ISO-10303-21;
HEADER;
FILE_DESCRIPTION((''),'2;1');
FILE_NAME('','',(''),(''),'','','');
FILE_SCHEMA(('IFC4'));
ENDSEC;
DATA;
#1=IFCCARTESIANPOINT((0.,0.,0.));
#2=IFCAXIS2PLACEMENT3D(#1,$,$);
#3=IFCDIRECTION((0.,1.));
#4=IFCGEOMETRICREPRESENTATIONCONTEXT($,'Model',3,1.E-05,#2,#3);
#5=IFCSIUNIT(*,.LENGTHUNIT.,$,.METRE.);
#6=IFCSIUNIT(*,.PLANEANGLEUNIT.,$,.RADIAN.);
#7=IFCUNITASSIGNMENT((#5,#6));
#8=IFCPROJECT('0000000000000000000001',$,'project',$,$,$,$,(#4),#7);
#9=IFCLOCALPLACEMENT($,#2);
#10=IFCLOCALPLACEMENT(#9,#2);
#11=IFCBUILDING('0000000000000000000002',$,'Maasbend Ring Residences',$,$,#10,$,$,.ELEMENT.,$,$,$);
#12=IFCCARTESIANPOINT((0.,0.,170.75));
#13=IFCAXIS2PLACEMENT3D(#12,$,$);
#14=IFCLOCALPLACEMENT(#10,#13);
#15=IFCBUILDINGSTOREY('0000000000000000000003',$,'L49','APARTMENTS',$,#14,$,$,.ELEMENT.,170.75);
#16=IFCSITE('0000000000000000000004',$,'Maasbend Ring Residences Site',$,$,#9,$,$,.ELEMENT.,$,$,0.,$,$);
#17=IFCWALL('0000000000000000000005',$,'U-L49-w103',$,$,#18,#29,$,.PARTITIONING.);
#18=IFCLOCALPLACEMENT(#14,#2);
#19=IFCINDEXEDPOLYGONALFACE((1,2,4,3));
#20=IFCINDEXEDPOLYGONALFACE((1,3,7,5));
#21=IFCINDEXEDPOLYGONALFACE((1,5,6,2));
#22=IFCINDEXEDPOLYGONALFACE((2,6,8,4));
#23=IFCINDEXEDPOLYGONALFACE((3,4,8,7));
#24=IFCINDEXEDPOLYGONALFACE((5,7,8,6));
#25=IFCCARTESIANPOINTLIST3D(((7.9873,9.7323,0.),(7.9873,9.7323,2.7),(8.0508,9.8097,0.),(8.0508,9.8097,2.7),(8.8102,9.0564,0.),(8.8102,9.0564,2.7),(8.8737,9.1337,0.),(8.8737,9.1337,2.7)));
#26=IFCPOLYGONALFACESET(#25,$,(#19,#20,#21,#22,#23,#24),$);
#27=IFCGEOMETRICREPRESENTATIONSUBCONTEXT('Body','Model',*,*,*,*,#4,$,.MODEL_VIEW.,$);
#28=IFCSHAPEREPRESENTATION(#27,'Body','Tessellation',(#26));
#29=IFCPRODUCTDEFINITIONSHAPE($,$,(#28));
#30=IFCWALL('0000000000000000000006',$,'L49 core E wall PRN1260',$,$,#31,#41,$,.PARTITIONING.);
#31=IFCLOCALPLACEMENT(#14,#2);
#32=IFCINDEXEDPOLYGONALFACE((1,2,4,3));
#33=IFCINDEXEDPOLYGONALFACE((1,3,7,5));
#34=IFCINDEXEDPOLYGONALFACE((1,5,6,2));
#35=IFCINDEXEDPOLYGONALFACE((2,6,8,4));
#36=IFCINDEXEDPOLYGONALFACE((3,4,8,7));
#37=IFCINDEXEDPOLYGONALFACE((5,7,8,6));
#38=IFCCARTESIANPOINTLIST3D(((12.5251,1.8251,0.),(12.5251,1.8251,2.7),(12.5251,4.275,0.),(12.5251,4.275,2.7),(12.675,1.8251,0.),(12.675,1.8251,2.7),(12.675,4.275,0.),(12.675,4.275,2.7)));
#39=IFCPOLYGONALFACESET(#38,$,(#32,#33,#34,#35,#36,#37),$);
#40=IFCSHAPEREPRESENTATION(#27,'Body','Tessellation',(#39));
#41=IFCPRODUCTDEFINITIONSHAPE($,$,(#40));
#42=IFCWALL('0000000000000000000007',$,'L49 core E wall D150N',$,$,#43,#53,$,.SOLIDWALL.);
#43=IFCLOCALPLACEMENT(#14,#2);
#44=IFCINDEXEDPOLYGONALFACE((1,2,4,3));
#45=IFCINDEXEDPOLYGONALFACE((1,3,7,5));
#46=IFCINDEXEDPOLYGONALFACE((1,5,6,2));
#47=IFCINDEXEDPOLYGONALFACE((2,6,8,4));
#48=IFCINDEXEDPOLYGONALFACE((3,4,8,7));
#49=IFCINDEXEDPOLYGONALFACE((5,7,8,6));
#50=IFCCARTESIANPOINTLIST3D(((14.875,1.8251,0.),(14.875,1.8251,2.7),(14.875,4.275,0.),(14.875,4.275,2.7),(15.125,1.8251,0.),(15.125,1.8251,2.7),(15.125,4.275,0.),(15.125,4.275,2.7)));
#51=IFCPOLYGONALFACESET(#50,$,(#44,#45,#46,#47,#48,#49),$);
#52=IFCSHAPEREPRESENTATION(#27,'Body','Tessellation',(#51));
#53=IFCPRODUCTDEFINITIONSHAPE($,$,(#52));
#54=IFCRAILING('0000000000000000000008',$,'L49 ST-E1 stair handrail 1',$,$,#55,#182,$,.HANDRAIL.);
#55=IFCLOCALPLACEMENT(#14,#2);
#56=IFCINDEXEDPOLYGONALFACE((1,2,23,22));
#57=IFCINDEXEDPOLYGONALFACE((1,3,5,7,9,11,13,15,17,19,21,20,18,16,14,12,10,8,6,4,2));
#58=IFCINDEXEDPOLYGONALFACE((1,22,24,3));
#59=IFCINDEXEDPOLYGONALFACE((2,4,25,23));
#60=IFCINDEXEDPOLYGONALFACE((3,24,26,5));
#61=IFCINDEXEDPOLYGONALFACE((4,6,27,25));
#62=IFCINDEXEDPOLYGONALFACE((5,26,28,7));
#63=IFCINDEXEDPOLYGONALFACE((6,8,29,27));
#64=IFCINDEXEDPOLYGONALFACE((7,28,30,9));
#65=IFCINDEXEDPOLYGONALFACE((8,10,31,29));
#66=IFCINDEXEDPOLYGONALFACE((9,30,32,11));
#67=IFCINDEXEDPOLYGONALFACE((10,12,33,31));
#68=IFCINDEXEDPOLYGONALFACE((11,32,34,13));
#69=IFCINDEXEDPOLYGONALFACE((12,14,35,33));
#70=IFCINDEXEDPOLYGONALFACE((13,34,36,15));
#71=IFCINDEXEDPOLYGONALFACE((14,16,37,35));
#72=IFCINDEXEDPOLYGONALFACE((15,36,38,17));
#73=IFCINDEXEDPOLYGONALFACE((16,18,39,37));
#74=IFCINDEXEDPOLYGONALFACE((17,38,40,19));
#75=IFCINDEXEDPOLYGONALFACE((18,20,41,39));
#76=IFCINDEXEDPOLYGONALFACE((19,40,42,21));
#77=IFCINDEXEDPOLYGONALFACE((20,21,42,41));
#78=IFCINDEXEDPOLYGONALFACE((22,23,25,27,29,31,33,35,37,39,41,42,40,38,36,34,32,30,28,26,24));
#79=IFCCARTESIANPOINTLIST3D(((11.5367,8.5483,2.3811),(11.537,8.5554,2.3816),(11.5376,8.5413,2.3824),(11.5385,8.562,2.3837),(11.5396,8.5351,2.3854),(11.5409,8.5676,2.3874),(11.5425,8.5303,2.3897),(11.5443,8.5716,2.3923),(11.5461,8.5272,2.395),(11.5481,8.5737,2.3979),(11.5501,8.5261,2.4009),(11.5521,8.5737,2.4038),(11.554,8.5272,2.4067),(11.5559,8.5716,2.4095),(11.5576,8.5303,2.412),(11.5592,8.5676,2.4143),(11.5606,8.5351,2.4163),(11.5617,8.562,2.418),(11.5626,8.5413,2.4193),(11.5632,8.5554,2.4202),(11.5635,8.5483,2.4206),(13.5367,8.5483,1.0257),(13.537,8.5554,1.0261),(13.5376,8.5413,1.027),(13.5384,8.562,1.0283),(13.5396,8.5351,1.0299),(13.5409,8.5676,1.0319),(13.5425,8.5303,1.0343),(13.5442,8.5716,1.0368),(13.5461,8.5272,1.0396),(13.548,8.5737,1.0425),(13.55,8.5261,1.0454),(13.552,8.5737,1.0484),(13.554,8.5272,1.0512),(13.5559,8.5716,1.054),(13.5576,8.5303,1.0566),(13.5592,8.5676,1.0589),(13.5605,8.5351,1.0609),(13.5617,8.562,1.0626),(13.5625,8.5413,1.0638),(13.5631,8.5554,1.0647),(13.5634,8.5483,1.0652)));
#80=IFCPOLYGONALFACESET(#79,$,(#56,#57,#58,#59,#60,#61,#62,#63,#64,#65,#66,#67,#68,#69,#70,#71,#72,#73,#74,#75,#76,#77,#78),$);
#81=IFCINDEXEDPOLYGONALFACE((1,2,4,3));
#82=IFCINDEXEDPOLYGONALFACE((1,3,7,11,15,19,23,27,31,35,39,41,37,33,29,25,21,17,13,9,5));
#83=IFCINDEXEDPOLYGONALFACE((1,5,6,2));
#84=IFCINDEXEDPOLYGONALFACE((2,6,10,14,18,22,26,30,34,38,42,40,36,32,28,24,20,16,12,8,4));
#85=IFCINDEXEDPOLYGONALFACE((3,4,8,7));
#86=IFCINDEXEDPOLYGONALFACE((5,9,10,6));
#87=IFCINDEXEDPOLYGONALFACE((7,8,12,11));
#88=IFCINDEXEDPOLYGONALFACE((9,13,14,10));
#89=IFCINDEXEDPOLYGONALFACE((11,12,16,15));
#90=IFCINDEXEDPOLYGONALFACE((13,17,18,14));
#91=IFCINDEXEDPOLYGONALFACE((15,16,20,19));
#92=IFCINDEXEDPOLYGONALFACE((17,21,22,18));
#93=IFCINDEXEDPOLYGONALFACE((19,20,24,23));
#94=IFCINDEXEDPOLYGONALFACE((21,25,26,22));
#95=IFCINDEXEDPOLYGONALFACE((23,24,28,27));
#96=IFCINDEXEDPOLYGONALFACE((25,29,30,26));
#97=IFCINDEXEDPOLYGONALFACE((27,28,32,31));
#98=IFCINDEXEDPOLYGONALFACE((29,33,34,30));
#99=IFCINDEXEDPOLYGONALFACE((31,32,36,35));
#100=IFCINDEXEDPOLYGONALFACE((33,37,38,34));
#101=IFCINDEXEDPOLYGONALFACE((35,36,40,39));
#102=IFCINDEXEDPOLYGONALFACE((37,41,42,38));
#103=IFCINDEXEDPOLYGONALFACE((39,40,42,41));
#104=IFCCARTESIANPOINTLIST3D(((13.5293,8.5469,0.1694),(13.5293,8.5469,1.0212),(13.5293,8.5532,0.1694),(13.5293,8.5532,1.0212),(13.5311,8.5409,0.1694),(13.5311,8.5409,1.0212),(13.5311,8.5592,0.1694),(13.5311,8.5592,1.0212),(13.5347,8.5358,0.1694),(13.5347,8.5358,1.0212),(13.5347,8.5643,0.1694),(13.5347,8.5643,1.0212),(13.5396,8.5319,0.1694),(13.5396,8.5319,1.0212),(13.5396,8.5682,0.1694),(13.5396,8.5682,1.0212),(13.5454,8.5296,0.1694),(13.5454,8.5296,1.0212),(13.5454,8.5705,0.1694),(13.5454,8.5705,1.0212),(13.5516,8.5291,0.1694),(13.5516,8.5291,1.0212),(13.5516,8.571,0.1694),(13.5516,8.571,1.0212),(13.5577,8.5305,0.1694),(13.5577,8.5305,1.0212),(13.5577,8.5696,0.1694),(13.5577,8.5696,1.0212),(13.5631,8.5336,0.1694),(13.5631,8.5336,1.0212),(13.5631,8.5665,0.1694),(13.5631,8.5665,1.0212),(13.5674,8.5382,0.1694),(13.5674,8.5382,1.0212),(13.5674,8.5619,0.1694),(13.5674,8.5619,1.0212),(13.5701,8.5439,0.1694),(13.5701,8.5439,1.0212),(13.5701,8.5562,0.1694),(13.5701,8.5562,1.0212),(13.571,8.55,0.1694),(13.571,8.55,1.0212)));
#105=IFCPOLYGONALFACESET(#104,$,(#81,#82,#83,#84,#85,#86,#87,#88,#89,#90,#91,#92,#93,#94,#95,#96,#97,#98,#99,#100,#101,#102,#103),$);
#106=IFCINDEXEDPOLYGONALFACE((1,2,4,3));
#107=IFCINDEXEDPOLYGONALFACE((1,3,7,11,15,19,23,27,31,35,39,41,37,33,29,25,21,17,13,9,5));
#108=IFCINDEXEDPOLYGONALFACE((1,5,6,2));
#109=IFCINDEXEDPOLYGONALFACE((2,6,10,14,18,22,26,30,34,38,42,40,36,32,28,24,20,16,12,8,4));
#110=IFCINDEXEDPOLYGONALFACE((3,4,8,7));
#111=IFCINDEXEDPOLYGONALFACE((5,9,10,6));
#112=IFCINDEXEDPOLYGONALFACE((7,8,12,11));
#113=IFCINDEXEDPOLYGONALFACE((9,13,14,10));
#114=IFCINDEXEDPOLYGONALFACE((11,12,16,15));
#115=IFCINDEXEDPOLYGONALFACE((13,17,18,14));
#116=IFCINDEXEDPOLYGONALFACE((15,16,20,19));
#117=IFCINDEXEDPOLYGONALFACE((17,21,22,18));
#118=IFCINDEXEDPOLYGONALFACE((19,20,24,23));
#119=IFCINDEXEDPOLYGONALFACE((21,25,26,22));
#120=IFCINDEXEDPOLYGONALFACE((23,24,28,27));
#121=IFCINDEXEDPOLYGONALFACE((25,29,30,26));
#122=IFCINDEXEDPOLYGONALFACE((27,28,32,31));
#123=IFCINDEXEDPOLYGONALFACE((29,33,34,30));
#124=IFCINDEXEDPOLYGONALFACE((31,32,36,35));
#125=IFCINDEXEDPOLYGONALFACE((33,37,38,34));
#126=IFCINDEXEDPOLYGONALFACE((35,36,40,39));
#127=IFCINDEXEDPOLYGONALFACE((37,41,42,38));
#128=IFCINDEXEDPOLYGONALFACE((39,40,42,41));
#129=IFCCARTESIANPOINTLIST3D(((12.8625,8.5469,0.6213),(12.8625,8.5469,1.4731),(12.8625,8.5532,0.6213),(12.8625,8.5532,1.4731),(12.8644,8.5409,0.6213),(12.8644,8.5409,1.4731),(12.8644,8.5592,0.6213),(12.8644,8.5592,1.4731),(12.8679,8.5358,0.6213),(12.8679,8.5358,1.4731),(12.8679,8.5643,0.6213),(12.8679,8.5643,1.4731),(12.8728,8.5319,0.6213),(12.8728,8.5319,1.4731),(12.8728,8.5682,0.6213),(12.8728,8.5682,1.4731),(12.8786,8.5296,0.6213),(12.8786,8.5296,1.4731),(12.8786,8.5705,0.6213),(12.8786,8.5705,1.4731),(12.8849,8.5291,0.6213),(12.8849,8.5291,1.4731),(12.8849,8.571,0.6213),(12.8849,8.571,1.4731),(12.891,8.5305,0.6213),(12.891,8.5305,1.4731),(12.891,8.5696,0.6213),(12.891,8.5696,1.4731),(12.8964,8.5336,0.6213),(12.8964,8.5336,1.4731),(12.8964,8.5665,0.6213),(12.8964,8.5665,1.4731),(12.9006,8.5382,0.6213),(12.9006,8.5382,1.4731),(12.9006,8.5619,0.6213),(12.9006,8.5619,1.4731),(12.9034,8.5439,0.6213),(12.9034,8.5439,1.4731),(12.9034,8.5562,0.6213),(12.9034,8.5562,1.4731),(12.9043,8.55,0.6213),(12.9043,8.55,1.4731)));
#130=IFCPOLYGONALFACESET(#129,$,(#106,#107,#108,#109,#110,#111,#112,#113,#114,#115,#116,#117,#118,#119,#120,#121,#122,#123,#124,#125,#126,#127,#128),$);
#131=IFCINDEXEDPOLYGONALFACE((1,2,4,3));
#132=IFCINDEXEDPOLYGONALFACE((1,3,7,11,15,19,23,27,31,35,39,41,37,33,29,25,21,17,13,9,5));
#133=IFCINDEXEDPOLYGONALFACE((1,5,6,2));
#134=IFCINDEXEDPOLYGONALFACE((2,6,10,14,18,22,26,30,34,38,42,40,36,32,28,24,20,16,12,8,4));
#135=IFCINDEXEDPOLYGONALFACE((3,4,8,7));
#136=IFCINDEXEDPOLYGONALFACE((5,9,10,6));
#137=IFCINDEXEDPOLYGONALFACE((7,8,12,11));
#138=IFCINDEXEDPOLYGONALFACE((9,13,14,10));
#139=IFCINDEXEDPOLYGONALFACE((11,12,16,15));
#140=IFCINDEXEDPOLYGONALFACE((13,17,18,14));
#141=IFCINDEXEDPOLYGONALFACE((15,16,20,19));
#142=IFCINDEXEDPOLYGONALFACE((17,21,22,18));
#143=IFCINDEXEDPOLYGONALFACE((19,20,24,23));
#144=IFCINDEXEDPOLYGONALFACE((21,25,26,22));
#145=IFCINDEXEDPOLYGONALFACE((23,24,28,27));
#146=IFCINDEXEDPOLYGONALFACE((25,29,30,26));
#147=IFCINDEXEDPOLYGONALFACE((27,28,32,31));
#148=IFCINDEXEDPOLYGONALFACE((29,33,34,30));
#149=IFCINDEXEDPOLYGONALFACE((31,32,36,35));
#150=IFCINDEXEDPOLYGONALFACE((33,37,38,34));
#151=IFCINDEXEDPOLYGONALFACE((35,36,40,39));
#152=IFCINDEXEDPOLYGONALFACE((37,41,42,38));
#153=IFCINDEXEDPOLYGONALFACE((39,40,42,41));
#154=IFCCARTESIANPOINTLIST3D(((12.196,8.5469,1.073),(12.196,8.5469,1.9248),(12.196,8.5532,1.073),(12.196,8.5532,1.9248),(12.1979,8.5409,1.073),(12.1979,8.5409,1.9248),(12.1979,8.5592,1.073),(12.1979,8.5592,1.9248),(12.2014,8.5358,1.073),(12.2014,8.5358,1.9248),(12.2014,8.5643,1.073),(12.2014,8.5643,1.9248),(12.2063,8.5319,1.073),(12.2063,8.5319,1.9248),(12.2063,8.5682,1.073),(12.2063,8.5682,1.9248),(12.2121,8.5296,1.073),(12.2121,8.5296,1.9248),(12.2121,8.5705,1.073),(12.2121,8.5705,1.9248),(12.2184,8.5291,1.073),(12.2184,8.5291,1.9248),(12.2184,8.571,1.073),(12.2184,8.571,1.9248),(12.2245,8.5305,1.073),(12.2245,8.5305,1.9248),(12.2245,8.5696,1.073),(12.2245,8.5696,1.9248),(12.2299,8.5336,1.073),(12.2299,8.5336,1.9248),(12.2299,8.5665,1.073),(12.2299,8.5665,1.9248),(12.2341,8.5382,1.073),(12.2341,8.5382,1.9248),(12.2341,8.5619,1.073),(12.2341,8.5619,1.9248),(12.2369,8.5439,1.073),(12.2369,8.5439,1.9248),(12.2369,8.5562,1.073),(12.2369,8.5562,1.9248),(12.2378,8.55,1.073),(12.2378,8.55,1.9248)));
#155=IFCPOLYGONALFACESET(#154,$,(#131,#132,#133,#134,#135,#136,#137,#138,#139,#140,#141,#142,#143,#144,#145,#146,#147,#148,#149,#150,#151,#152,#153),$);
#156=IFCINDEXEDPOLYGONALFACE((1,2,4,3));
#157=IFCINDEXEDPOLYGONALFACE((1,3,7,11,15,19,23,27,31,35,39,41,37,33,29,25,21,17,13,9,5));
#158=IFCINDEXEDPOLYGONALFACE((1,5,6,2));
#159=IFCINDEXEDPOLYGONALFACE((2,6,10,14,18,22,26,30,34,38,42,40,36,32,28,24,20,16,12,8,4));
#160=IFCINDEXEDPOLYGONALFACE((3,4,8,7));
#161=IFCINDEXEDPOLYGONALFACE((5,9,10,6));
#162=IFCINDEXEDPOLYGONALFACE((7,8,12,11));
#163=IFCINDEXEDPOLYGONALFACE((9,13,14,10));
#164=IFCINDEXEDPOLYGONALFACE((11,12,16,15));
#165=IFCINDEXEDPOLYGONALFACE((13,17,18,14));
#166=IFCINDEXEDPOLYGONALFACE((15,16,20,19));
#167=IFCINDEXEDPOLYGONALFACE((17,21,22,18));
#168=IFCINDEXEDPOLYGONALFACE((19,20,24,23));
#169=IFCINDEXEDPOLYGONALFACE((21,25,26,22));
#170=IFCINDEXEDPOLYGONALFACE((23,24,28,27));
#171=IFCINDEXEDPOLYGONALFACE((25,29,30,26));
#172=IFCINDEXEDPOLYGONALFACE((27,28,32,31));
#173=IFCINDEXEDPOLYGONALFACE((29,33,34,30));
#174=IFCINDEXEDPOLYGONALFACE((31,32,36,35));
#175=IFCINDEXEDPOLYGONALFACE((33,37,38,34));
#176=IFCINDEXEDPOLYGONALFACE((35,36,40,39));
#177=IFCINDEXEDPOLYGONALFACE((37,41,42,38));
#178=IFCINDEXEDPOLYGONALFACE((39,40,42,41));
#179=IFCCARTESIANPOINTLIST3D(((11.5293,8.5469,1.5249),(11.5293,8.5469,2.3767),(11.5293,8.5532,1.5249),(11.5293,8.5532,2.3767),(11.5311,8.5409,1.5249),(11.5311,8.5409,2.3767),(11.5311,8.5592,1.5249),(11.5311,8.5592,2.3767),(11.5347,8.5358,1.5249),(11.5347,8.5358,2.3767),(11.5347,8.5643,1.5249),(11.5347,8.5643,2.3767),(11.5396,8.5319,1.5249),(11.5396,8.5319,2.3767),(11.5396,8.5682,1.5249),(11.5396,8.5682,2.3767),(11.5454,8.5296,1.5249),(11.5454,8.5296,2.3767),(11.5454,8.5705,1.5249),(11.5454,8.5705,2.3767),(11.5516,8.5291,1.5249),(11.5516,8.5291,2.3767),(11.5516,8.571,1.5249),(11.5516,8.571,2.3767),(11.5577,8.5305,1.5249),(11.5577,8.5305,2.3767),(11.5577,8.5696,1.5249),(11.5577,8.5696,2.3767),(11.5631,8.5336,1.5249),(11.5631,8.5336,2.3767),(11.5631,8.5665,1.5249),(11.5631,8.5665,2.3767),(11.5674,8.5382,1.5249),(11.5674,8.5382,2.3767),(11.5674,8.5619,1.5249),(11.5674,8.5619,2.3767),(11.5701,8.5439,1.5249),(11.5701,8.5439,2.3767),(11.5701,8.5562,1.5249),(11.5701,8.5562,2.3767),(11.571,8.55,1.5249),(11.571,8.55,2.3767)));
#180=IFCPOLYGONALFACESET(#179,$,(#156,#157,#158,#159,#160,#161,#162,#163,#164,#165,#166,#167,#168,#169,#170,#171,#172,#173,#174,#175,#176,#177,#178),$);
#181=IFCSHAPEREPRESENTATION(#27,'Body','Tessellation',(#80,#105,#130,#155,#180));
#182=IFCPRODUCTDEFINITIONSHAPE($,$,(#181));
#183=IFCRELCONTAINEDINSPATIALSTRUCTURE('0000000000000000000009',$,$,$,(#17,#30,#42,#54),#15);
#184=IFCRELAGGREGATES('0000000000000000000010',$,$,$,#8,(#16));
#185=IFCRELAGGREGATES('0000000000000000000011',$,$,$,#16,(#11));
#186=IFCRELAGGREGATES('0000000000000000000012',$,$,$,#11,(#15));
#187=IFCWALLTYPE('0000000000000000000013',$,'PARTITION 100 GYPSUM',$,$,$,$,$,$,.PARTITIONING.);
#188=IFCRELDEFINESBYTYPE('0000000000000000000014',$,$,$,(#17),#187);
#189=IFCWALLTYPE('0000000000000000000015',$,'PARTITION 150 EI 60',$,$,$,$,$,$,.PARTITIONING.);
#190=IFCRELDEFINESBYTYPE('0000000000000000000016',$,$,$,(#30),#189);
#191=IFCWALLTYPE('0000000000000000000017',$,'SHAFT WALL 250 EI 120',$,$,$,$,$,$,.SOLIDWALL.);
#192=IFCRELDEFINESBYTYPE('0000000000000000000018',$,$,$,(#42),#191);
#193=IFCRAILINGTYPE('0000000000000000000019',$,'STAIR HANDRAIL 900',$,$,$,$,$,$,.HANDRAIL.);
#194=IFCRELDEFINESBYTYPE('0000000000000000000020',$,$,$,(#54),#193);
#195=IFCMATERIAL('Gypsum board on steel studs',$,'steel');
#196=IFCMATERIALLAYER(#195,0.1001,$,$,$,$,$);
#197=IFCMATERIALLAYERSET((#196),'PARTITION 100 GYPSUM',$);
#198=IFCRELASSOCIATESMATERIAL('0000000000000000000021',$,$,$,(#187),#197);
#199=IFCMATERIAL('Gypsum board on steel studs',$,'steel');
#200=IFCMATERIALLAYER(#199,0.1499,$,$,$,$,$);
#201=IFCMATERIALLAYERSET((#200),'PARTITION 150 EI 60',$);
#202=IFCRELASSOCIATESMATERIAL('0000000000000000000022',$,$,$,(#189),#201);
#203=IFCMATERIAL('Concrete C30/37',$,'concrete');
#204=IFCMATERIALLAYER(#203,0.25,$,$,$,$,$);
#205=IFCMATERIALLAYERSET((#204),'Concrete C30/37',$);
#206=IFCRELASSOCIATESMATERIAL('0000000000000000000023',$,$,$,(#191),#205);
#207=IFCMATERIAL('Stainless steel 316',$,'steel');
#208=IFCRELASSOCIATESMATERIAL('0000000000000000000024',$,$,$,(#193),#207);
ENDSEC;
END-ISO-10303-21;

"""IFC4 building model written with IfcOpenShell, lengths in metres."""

from ifc_helpers import new_model, si_unit, direction, frame, frame_2d, origin, origin_2d, place, context, subcontext, project, spatial, rectangle, circle, extrude, material, layer, layer_set, type_object, element, save


model = new_model("IFC4")

# Units and contexts
model_context = context("Model", 3, precision=1e-05, world=origin(), true_north=direction((0.0, 1.0)))
body_context = subcontext(model_context, "Body", "Model", "MODEL_VIEW")
ifc_project = project(units=[si_unit("LENGTHUNIT", "METRE"), si_unit("PLANEANGLEUNIT", "RADIAN")], contexts=[model_context])

# Site, building, storey
site_placement = place(None, origin())
site = spatial("IfcSite", under=ifc_project, at=site_placement, Name="Maasbend Ring Residences Site", CompositionType="ELEMENT", RefElevation=0.0)
building_placement = place(site_placement, origin())
building = spatial("IfcBuilding", under=site, at=building_placement, Name="Maasbend Ring Residences", CompositionType="ELEMENT")
storey_placement = place(building_placement, frame((0.0, 0.0, 170.75)))
storey = spatial("IfcBuildingStorey", under=building, at=storey_placement, Name="L49", Description="APARTMENTS", CompositionType="ELEMENT", Elevation=170.75)

# Shared definitions
ifc_material_1 = material(Name="Gypsum board on steel studs", Category="steel")
ifc_layer_1 = layer(ifc_material_1, 0.1001)
ifc_layer_set_1 = layer_set([ifc_layer_1], Name="PARTITION 100 GYPSUM")
wall_type_1 = type_object("IfcWallType", Name="PARTITION 100 GYPSUM", PredefinedType="PARTITIONING", material=ifc_layer_set_1)

# Walls
wall_1_placement = place(storey_placement, frame((8.019, 9.771, 0.0), z_axis=(0.0, 0.0, 1.0), x_axis=(0.77273, -0.634735, 0.0)))
element("IfcWall", 1, at=wall_1_placement, inside=storey, type_object=wall_type_1, Name="U-L49-w103", PredefinedType="PARTITIONING", context=body_context, shape_type="SweptSolid", body=[
    extrude(rectangle(XDim=1.0649, YDim=0.1001, at=frame_2d((0.5325, 0.0))), origin(), (0.0, 0.0, 1.0), 2.7),
])
ifc_material_2 = material(Name="Gypsum board on steel studs", Category="steel")
ifc_layer_2 = layer(ifc_material_2, 0.1499)
ifc_layer_set_2 = layer_set([ifc_layer_2], Name="PARTITION 150 EI 60")
wall_type_2 = type_object("IfcWallType", Name="PARTITION 150 EI 60", PredefinedType="PARTITIONING", material=ifc_layer_set_2)
wall_2_placement = place(storey_placement, frame((12.6001, 1.825, 0.0), z_axis=(0.0, 0.0, 1.0), x_axis=(0.0, 1.0, 0.0)))
element("IfcWall", 2, at=wall_2_placement, inside=storey, type_object=wall_type_2, Name="L49 core E wall PRN1260", PredefinedType="PARTITIONING", context=body_context, shape_type="SweptSolid", body=[
    extrude(rectangle(XDim=2.45, YDim=0.1499, at=frame_2d((1.2251, 0.0))), origin(), (0.0, 0.0, 1.0), 2.7),
])
ifc_material_3 = material(Name="Concrete C30/37", Category="concrete")
ifc_layer_3 = layer(ifc_material_3, 0.25)
ifc_layer_set_3 = layer_set([ifc_layer_3], Name="Concrete C30/37")
wall_type_3 = type_object("IfcWallType", Name="SHAFT WALL 250 EI 120", PredefinedType="SOLIDWALL", material=ifc_layer_set_3)
wall_3_placement = place(storey_placement, frame((15.0, 1.825, 0.0), z_axis=(0.0, 0.0, 1.0), x_axis=(0.0, 1.0, 0.0)))
element("IfcWall", 3, at=wall_3_placement, inside=storey, type_object=wall_type_3, Name="L49 core E wall D150N", PredefinedType="SOLIDWALL", context=body_context, shape_type="SweptSolid", body=[
    extrude(rectangle(XDim=2.45, YDim=0.25, at=frame_2d((1.2251, 0.0))), origin(), (0.0, 0.0, 1.0), 2.7),
])

# Railing
ifc_material_4 = material(Name="Stainless steel 316", Category="steel")
railing_type_1 = type_object("IfcRailingType", Name="STAIR HANDRAIL 900", PredefinedType="HANDRAIL", material=ifc_material_4)
railing_1_placement = place(storey_placement, frame((13.55, 8.55, 0.1694)))
element("IfcRailing", 4, at=railing_1_placement, inside=storey, type_object=railing_type_1, Name="L49 ST-E1 stair handrail 1", PredefinedType="HANDRAIL", context=body_context, shape_type="SweptSolid", body=[
    extrude(circle(Radius=0.0239, at=origin_2d()), frame((0.0, 0.0, 0.876), z_axis=(-0.827798, 0.0, 0.561027), x_axis=(0.0, -1.0, 0.0)), (0.0, 0.0, 1.0), 2.416),
    extrude(circle(Radius=0.021, at=origin_2d()), origin(), (0.0, 0.0, 1.0), 0.8518),
    extrude(circle(Radius=0.021, at=origin_2d()), frame((-0.6667, 0.0, 0.4519)), (0.0, 0.0, 1.0), 0.8518),
    extrude(circle(Radius=0.021, at=origin_2d()), frame((-1.3333, 0.0, 0.9036)), (0.0, 0.0, 1.0), 0.8518),
    extrude(circle(Radius=0.021, at=origin_2d()), frame((-2.0, 0.0, 1.3555)), (0.0, 0.0, 1.0), 0.8518),
])

save(model, "model.ifc")
